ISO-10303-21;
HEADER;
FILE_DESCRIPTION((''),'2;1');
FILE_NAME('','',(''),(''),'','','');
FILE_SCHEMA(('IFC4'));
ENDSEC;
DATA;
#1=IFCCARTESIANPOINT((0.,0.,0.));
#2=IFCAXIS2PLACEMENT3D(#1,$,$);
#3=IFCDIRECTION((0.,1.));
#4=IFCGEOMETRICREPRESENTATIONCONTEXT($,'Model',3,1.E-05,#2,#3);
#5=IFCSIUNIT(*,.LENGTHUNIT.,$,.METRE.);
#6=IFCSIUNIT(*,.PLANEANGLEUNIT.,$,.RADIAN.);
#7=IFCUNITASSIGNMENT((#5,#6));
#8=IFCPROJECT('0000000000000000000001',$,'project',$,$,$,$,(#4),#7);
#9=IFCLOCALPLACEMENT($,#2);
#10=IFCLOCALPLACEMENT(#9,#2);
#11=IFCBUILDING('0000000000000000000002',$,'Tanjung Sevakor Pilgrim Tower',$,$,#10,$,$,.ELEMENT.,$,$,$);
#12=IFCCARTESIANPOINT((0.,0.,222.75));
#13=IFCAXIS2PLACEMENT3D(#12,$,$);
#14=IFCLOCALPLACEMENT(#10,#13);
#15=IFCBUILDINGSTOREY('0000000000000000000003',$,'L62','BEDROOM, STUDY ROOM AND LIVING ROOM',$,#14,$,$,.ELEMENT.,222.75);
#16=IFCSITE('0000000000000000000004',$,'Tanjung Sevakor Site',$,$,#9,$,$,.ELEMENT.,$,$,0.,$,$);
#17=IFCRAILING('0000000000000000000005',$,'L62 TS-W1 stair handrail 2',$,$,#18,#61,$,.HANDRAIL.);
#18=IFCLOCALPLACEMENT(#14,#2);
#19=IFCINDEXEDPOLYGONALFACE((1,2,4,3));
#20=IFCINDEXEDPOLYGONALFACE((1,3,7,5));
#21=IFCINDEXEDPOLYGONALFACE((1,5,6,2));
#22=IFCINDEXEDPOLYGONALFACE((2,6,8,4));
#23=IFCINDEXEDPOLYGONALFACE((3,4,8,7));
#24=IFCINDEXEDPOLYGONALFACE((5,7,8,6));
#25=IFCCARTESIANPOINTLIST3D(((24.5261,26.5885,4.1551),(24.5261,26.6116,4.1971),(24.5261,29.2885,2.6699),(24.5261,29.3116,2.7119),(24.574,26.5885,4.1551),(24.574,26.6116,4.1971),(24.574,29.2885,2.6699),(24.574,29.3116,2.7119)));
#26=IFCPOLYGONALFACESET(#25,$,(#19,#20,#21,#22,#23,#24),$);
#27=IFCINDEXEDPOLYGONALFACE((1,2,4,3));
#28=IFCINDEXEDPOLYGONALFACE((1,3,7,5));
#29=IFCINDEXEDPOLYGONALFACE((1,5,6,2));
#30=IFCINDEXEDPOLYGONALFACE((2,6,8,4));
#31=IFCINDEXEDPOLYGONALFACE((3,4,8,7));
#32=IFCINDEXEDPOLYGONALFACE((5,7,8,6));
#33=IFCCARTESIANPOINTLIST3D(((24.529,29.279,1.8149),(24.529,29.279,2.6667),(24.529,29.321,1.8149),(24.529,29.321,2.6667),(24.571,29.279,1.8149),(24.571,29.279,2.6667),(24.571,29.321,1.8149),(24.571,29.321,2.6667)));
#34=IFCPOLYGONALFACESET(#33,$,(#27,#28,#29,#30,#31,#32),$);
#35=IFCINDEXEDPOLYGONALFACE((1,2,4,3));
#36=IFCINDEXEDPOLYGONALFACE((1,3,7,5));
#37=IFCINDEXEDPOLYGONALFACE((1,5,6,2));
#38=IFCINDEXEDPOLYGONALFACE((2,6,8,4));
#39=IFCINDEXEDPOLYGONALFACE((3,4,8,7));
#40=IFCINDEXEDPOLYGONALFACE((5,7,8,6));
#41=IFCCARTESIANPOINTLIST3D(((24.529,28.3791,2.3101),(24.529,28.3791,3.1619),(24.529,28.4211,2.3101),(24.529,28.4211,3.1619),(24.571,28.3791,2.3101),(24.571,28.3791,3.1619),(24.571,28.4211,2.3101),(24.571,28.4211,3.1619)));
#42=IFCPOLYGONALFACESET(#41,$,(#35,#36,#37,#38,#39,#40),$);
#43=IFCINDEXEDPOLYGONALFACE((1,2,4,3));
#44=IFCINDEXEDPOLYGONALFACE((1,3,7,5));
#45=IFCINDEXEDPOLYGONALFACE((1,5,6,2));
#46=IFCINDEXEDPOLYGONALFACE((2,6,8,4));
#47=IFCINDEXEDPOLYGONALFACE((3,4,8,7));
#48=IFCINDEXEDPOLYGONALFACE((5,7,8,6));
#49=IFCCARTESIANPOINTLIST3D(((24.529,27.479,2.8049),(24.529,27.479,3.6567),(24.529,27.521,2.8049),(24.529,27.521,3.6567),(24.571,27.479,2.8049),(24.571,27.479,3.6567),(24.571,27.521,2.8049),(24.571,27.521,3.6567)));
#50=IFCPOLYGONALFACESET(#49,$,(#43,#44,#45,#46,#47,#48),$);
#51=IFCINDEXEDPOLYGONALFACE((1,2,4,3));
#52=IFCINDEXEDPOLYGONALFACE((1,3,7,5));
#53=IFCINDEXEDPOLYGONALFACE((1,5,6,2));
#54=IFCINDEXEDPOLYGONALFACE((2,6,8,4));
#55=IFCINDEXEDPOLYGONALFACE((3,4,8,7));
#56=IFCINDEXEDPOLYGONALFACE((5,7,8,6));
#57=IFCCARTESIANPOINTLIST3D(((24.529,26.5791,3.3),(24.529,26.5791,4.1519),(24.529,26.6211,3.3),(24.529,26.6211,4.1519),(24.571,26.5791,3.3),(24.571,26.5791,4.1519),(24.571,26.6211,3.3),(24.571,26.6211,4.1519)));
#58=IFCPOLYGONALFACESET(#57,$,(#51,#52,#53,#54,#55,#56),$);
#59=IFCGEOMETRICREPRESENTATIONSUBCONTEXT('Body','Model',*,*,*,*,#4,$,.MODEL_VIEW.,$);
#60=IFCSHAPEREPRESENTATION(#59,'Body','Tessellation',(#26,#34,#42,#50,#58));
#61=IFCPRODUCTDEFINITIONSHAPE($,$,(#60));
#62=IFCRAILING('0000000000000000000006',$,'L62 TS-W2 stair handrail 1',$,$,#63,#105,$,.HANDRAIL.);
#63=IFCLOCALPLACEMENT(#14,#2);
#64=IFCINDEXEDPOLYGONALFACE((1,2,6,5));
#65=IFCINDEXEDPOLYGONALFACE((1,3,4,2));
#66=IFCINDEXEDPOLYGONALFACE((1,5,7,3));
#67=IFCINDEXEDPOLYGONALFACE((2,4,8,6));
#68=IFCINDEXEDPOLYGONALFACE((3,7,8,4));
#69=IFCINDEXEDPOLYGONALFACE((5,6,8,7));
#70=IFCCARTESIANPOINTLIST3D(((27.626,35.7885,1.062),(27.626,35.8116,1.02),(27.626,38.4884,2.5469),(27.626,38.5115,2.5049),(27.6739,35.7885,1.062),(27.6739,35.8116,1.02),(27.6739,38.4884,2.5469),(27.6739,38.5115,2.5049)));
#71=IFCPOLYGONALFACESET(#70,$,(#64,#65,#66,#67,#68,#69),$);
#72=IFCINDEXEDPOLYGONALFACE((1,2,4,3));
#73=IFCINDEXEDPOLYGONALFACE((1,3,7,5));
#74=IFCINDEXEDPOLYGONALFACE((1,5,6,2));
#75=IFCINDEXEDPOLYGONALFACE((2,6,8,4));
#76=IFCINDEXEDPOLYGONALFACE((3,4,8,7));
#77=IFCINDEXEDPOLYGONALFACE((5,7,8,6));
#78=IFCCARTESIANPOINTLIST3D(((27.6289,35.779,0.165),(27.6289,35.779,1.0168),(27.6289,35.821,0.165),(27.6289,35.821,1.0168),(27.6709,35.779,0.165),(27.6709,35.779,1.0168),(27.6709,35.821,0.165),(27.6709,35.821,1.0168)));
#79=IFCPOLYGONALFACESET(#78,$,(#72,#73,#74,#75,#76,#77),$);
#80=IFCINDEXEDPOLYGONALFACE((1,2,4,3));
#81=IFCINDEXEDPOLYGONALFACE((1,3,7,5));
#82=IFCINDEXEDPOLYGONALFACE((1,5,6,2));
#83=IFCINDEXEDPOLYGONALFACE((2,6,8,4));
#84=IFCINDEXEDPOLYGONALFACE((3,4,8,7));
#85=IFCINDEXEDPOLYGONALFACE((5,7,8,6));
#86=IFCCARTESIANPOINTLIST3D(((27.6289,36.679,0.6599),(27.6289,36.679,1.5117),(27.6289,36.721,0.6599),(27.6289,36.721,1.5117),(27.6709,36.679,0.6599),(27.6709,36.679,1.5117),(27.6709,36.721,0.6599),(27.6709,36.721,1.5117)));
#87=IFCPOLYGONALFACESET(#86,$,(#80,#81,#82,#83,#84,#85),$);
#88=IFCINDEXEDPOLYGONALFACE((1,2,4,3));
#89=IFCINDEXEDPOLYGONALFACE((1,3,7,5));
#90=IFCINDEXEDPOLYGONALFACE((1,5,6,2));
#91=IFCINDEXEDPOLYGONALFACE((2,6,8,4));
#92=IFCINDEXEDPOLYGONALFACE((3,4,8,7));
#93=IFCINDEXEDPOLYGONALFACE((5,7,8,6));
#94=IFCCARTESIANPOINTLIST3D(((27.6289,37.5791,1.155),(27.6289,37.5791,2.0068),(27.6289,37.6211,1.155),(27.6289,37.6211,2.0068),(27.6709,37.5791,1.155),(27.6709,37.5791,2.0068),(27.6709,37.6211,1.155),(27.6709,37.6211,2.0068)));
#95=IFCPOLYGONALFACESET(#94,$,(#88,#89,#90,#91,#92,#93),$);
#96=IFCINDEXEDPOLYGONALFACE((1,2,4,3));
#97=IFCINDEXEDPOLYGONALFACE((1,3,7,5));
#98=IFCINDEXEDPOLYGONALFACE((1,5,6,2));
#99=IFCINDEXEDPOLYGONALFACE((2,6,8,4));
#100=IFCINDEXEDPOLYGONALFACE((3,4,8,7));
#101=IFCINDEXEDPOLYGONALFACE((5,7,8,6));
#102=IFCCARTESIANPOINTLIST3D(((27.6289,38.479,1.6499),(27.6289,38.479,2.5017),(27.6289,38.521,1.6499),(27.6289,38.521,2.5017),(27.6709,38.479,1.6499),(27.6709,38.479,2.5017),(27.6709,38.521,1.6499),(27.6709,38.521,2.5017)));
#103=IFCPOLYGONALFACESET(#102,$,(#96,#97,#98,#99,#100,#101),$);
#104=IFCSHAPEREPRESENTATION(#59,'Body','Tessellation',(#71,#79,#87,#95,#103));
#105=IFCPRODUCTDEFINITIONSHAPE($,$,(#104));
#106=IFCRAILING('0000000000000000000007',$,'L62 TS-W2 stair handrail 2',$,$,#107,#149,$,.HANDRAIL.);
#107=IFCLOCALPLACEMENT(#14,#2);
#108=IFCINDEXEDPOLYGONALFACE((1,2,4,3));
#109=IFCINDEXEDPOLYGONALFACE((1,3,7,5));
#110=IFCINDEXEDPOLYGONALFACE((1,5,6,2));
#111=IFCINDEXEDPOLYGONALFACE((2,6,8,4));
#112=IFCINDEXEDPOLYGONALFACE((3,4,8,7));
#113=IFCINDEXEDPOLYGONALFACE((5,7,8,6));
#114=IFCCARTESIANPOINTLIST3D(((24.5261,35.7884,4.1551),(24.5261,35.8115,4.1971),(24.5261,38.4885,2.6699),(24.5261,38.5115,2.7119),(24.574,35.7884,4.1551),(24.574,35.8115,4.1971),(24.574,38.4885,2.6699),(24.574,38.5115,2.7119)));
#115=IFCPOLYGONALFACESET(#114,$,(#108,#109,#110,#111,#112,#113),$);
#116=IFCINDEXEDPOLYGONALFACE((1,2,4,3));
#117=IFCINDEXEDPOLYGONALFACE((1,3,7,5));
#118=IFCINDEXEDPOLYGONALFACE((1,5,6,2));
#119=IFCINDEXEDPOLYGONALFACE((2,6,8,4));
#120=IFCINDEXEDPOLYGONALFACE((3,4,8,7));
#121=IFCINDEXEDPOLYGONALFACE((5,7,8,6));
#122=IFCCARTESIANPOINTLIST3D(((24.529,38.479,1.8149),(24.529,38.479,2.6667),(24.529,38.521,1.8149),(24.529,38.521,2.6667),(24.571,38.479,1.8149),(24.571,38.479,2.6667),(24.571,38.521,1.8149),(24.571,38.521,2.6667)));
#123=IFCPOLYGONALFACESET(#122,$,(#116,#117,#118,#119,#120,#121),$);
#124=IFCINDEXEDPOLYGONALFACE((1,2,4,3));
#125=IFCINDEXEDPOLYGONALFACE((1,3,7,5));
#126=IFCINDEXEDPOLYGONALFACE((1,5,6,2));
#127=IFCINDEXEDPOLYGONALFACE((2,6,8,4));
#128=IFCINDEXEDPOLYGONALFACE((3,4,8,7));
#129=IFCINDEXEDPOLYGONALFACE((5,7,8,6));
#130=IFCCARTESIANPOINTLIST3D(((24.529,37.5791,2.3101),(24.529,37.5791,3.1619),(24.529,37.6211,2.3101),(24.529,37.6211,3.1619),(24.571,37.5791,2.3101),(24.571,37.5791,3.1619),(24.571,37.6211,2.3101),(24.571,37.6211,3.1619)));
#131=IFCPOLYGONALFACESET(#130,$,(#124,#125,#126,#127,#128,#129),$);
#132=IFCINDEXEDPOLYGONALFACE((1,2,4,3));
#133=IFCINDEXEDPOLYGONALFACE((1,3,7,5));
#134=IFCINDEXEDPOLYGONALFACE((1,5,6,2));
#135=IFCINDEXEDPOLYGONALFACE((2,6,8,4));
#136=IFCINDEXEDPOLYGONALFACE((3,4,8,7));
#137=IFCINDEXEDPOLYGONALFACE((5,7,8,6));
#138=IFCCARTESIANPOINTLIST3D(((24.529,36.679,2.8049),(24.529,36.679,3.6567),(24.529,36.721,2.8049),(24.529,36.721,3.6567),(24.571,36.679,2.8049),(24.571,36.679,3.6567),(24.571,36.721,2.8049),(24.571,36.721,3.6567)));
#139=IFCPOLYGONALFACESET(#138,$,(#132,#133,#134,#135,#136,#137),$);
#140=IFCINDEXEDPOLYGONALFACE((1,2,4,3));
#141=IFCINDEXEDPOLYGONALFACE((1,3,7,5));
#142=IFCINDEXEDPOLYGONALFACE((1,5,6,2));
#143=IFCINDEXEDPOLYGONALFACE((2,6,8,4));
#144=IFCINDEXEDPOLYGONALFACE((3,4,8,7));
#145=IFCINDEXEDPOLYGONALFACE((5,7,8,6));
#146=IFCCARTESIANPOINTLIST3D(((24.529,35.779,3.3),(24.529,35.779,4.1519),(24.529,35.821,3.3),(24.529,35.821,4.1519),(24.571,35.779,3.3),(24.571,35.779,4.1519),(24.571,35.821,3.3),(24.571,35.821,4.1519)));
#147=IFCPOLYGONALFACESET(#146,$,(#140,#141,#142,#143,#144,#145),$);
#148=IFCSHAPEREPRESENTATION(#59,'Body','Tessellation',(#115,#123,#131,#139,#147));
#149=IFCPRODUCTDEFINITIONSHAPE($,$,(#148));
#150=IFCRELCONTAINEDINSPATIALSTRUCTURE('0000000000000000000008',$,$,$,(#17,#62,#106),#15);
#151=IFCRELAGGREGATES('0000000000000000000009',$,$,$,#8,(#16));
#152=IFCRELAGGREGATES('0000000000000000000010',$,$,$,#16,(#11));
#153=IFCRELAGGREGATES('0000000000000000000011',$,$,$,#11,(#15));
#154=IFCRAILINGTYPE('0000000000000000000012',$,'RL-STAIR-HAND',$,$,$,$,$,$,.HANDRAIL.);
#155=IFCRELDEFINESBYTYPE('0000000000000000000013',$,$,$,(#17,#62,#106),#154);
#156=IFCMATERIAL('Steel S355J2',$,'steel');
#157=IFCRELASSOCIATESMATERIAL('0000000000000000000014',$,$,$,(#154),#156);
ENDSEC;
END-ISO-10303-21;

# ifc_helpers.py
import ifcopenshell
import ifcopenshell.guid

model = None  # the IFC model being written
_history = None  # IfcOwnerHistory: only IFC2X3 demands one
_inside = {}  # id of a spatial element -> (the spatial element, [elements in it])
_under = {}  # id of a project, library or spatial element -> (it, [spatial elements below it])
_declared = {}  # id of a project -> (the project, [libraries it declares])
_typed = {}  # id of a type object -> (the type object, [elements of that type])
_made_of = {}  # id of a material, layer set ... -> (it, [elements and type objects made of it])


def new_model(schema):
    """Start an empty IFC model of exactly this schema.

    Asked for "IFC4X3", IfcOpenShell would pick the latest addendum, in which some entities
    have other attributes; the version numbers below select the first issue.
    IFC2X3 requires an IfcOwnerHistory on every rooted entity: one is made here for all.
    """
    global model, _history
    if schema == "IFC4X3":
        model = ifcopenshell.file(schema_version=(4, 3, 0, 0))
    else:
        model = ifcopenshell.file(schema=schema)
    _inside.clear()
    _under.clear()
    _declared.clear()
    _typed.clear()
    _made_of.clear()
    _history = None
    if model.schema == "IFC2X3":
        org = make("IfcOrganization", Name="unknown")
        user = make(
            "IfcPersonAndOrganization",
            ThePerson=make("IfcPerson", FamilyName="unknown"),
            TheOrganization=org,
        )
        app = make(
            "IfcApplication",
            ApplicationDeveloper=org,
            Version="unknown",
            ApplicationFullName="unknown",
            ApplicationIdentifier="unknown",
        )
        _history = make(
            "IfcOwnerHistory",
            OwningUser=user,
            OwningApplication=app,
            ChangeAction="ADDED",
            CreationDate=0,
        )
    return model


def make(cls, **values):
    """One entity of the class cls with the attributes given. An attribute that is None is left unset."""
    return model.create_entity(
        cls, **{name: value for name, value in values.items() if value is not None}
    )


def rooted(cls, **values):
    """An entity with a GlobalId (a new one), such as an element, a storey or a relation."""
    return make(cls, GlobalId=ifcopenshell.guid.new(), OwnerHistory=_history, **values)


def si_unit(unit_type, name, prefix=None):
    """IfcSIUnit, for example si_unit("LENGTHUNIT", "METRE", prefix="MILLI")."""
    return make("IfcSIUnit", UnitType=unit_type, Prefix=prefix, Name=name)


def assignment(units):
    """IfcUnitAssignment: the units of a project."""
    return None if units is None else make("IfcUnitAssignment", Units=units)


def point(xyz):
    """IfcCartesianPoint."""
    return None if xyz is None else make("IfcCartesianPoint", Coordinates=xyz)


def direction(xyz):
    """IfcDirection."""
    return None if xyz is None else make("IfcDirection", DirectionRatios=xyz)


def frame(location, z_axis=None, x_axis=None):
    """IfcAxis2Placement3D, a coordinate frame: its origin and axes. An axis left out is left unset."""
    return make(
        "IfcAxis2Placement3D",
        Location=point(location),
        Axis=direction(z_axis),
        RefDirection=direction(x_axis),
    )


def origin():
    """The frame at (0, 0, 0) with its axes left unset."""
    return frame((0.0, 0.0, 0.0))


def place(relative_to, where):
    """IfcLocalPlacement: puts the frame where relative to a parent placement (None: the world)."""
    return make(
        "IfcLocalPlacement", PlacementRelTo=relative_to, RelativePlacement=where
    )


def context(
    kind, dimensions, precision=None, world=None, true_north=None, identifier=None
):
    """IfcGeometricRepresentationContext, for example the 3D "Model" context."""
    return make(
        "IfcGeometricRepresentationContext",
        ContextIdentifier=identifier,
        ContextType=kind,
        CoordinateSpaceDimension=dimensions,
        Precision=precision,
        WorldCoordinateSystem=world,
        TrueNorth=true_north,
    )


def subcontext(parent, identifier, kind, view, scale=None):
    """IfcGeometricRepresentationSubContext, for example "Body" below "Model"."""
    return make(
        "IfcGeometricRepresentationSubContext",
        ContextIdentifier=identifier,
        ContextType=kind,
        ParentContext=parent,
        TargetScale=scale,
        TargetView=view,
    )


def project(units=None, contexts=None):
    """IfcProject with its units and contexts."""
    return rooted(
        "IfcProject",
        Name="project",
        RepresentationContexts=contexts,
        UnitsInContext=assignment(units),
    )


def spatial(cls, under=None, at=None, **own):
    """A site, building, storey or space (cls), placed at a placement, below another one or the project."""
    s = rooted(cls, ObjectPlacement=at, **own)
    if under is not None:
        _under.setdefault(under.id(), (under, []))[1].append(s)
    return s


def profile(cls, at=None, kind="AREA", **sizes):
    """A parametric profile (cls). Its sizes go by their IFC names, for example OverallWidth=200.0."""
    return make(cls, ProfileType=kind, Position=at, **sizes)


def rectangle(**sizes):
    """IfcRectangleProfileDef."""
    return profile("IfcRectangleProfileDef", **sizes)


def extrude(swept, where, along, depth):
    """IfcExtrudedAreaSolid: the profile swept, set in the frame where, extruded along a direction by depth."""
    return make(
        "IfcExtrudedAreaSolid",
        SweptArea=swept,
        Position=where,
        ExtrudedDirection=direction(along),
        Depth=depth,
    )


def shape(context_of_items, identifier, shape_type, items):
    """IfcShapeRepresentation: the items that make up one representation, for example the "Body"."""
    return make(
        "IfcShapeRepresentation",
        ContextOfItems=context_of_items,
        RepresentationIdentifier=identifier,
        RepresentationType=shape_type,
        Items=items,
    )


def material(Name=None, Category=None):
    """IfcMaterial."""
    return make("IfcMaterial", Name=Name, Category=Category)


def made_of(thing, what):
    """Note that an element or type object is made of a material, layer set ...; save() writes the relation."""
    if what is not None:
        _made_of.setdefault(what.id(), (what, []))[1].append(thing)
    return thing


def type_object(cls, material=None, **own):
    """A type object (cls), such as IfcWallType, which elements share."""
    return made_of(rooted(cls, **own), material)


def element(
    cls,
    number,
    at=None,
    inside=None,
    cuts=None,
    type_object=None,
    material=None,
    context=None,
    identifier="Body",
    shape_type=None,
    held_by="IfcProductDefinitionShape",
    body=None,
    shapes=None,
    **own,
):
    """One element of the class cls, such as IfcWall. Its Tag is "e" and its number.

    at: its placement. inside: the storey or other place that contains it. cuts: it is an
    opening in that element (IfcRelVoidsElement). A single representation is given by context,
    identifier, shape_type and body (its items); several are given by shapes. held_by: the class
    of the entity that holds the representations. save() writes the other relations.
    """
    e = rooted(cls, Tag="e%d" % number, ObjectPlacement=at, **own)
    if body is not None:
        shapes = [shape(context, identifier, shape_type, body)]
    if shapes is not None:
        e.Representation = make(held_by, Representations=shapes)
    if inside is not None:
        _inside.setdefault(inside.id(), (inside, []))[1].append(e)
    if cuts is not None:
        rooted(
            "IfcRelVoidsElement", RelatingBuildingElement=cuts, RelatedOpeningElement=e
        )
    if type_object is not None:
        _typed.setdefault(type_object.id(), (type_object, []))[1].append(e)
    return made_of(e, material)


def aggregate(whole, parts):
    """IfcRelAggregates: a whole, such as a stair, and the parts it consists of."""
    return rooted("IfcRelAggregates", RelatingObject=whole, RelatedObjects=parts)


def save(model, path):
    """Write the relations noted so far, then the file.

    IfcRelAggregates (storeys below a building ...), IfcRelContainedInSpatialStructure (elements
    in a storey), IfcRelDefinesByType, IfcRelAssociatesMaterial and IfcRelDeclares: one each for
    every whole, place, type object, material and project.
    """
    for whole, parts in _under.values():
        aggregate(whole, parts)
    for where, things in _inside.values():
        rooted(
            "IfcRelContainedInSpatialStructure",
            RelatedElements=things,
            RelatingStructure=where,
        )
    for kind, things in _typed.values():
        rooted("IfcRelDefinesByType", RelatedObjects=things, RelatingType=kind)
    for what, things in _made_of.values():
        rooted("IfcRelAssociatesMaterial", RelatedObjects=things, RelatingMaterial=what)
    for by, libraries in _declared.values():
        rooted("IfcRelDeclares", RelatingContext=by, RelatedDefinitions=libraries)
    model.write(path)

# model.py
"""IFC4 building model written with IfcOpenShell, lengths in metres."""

from ifc_helpers import new_model, si_unit, direction, frame, origin, place, context, subcontext, project, spatial, rectangle, extrude, material, type_object, element, save


model = new_model("IFC4")

# Units and contexts
model_context = context("Model", 3, precision=1e-05, world=origin(), true_north=direction((0.0, 1.0)))
body_context = subcontext(model_context, "Body", "Model", "MODEL_VIEW")
ifc_project = project(units=[si_unit("LENGTHUNIT", "METRE"), si_unit("PLANEANGLEUNIT", "RADIAN")], contexts=[model_context])

# Site, building, storey
site_placement = place(None, origin())
site = spatial("IfcSite", under=ifc_project, at=site_placement, Name="Tanjung Sevakor Site", CompositionType="ELEMENT", RefElevation=0.0)
building_placement = place(site_placement, origin())
building = spatial("IfcBuilding", under=site, at=building_placement, Name="Tanjung Sevakor Pilgrim Tower", CompositionType="ELEMENT")
storey_placement = place(building_placement, frame((0.0, 0.0, 222.75)))
storey = spatial("IfcBuildingStorey", under=building, at=storey_placement, Name="L62", Description="BEDROOM, STUDY ROOM AND LIVING ROOM", CompositionType="ELEMENT", Elevation=222.75)

# Railings
ifc_material_1 = material(Name="Steel S355J2", Category="steel")
railing_type_1 = type_object("IfcRailingType", Name="RL-STAIR-HAND", PredefinedType="HANDRAIL", material=ifc_material_1)
railing_1_placement = place(storey_placement, frame((24.55, 29.3, 1.8149)))
element("IfcRailing", 1, at=railing_1_placement, inside=storey, type_object=railing_type_1, Name="L62 TS-W1 stair handrail 2", PredefinedType="HANDRAIL", context=body_context, shape_type="SweptSolid", body=[
    extrude(rectangle(XDim=0.0479, YDim=0.0479), frame((0.0, 0.0, 0.876), z_axis=(0.0, -0.876198, 0.481952), x_axis=(1.0, 0.0, 0.0)), (0.0, 0.0, 1.0), 3.0815),
    extrude(rectangle(XDim=0.042, YDim=0.042), origin(), (0.0, 0.0, 1.0), 0.8518),
    extrude(rectangle(XDim=0.042, YDim=0.042), frame((0.0, -0.8999, 0.4951)), (0.0, 0.0, 1.0), 0.8518),
    extrude(rectangle(XDim=0.042, YDim=0.042), frame((0.0, -1.8, 0.99)), (0.0, 0.0, 1.0), 0.8518),
    extrude(rectangle(XDim=0.042, YDim=0.042), frame((0.0, -2.7, 1.4851)), (0.0, 0.0, 1.0), 0.8518),
])
railing_2_placement = place(storey_placement, frame((27.6499, 35.8, 0.165)))
element("IfcRailing", 2, at=railing_2_placement, inside=storey, type_object=railing_type_1, Name="L62 TS-W2 stair handrail 1", PredefinedType="HANDRAIL", context=body_context, shape_type="SweptSolid", body=[
    extrude(rectangle(XDim=0.0479, YDim=0.0479), frame((0.0, 0.0, 0.876), z_axis=(0.0, 0.876231, 0.481891), x_axis=(-1.0, 0.0, 0.0)), (0.0, 0.0, 1.0), 3.0813),
    extrude(rectangle(XDim=0.042, YDim=0.042), origin(), (0.0, 0.0, 1.0), 0.8518),
    extrude(rectangle(XDim=0.042, YDim=0.042), frame((0.0, 0.8999, 0.4949)), (0.0, 0.0, 1.0), 0.8518),
    extrude(rectangle(XDim=0.042, YDim=0.042), frame((0.0, 1.8, 0.99)), (0.0, 0.0, 1.0), 0.8518),
    extrude(rectangle(XDim=0.042, YDim=0.042), frame((0.0, 2.7, 1.4849)), (0.0, 0.0, 1.0), 0.8518),
])
railing_3_placement = place(storey_placement, frame((24.55, 38.5, 1.8149)))
element("IfcRailing", 3, at=railing_3_placement, inside=storey, type_object=railing_type_1, Name="L62 TS-W2 stair handrail 2", PredefinedType="HANDRAIL", context=body_context, shape_type="SweptSolid", body=[
    extrude(rectangle(XDim=0.0479, YDim=0.0479), frame((0.0, 0.0, 0.876), z_axis=(0.0, -0.876198, 0.481952), x_axis=(1.0, 0.0, 0.0)), (0.0, 0.0, 1.0), 3.0815),
    extrude(rectangle(XDim=0.042, YDim=0.042), origin(), (0.0, 0.0, 1.0), 0.8518),
    extrude(rectangle(XDim=0.042, YDim=0.042), frame((0.0, -0.8999, 0.4951)), (0.0, 0.0, 1.0), 0.8518),
    extrude(rectangle(XDim=0.042, YDim=0.042), frame((0.0, -1.8, 0.99)), (0.0, 0.0, 1.0), 0.8518),
    extrude(rectangle(XDim=0.042, YDim=0.042), frame((0.0, -2.7, 1.4851)), (0.0, 0.0, 1.0), 0.8518),
])

save(model, "model.ifc")
